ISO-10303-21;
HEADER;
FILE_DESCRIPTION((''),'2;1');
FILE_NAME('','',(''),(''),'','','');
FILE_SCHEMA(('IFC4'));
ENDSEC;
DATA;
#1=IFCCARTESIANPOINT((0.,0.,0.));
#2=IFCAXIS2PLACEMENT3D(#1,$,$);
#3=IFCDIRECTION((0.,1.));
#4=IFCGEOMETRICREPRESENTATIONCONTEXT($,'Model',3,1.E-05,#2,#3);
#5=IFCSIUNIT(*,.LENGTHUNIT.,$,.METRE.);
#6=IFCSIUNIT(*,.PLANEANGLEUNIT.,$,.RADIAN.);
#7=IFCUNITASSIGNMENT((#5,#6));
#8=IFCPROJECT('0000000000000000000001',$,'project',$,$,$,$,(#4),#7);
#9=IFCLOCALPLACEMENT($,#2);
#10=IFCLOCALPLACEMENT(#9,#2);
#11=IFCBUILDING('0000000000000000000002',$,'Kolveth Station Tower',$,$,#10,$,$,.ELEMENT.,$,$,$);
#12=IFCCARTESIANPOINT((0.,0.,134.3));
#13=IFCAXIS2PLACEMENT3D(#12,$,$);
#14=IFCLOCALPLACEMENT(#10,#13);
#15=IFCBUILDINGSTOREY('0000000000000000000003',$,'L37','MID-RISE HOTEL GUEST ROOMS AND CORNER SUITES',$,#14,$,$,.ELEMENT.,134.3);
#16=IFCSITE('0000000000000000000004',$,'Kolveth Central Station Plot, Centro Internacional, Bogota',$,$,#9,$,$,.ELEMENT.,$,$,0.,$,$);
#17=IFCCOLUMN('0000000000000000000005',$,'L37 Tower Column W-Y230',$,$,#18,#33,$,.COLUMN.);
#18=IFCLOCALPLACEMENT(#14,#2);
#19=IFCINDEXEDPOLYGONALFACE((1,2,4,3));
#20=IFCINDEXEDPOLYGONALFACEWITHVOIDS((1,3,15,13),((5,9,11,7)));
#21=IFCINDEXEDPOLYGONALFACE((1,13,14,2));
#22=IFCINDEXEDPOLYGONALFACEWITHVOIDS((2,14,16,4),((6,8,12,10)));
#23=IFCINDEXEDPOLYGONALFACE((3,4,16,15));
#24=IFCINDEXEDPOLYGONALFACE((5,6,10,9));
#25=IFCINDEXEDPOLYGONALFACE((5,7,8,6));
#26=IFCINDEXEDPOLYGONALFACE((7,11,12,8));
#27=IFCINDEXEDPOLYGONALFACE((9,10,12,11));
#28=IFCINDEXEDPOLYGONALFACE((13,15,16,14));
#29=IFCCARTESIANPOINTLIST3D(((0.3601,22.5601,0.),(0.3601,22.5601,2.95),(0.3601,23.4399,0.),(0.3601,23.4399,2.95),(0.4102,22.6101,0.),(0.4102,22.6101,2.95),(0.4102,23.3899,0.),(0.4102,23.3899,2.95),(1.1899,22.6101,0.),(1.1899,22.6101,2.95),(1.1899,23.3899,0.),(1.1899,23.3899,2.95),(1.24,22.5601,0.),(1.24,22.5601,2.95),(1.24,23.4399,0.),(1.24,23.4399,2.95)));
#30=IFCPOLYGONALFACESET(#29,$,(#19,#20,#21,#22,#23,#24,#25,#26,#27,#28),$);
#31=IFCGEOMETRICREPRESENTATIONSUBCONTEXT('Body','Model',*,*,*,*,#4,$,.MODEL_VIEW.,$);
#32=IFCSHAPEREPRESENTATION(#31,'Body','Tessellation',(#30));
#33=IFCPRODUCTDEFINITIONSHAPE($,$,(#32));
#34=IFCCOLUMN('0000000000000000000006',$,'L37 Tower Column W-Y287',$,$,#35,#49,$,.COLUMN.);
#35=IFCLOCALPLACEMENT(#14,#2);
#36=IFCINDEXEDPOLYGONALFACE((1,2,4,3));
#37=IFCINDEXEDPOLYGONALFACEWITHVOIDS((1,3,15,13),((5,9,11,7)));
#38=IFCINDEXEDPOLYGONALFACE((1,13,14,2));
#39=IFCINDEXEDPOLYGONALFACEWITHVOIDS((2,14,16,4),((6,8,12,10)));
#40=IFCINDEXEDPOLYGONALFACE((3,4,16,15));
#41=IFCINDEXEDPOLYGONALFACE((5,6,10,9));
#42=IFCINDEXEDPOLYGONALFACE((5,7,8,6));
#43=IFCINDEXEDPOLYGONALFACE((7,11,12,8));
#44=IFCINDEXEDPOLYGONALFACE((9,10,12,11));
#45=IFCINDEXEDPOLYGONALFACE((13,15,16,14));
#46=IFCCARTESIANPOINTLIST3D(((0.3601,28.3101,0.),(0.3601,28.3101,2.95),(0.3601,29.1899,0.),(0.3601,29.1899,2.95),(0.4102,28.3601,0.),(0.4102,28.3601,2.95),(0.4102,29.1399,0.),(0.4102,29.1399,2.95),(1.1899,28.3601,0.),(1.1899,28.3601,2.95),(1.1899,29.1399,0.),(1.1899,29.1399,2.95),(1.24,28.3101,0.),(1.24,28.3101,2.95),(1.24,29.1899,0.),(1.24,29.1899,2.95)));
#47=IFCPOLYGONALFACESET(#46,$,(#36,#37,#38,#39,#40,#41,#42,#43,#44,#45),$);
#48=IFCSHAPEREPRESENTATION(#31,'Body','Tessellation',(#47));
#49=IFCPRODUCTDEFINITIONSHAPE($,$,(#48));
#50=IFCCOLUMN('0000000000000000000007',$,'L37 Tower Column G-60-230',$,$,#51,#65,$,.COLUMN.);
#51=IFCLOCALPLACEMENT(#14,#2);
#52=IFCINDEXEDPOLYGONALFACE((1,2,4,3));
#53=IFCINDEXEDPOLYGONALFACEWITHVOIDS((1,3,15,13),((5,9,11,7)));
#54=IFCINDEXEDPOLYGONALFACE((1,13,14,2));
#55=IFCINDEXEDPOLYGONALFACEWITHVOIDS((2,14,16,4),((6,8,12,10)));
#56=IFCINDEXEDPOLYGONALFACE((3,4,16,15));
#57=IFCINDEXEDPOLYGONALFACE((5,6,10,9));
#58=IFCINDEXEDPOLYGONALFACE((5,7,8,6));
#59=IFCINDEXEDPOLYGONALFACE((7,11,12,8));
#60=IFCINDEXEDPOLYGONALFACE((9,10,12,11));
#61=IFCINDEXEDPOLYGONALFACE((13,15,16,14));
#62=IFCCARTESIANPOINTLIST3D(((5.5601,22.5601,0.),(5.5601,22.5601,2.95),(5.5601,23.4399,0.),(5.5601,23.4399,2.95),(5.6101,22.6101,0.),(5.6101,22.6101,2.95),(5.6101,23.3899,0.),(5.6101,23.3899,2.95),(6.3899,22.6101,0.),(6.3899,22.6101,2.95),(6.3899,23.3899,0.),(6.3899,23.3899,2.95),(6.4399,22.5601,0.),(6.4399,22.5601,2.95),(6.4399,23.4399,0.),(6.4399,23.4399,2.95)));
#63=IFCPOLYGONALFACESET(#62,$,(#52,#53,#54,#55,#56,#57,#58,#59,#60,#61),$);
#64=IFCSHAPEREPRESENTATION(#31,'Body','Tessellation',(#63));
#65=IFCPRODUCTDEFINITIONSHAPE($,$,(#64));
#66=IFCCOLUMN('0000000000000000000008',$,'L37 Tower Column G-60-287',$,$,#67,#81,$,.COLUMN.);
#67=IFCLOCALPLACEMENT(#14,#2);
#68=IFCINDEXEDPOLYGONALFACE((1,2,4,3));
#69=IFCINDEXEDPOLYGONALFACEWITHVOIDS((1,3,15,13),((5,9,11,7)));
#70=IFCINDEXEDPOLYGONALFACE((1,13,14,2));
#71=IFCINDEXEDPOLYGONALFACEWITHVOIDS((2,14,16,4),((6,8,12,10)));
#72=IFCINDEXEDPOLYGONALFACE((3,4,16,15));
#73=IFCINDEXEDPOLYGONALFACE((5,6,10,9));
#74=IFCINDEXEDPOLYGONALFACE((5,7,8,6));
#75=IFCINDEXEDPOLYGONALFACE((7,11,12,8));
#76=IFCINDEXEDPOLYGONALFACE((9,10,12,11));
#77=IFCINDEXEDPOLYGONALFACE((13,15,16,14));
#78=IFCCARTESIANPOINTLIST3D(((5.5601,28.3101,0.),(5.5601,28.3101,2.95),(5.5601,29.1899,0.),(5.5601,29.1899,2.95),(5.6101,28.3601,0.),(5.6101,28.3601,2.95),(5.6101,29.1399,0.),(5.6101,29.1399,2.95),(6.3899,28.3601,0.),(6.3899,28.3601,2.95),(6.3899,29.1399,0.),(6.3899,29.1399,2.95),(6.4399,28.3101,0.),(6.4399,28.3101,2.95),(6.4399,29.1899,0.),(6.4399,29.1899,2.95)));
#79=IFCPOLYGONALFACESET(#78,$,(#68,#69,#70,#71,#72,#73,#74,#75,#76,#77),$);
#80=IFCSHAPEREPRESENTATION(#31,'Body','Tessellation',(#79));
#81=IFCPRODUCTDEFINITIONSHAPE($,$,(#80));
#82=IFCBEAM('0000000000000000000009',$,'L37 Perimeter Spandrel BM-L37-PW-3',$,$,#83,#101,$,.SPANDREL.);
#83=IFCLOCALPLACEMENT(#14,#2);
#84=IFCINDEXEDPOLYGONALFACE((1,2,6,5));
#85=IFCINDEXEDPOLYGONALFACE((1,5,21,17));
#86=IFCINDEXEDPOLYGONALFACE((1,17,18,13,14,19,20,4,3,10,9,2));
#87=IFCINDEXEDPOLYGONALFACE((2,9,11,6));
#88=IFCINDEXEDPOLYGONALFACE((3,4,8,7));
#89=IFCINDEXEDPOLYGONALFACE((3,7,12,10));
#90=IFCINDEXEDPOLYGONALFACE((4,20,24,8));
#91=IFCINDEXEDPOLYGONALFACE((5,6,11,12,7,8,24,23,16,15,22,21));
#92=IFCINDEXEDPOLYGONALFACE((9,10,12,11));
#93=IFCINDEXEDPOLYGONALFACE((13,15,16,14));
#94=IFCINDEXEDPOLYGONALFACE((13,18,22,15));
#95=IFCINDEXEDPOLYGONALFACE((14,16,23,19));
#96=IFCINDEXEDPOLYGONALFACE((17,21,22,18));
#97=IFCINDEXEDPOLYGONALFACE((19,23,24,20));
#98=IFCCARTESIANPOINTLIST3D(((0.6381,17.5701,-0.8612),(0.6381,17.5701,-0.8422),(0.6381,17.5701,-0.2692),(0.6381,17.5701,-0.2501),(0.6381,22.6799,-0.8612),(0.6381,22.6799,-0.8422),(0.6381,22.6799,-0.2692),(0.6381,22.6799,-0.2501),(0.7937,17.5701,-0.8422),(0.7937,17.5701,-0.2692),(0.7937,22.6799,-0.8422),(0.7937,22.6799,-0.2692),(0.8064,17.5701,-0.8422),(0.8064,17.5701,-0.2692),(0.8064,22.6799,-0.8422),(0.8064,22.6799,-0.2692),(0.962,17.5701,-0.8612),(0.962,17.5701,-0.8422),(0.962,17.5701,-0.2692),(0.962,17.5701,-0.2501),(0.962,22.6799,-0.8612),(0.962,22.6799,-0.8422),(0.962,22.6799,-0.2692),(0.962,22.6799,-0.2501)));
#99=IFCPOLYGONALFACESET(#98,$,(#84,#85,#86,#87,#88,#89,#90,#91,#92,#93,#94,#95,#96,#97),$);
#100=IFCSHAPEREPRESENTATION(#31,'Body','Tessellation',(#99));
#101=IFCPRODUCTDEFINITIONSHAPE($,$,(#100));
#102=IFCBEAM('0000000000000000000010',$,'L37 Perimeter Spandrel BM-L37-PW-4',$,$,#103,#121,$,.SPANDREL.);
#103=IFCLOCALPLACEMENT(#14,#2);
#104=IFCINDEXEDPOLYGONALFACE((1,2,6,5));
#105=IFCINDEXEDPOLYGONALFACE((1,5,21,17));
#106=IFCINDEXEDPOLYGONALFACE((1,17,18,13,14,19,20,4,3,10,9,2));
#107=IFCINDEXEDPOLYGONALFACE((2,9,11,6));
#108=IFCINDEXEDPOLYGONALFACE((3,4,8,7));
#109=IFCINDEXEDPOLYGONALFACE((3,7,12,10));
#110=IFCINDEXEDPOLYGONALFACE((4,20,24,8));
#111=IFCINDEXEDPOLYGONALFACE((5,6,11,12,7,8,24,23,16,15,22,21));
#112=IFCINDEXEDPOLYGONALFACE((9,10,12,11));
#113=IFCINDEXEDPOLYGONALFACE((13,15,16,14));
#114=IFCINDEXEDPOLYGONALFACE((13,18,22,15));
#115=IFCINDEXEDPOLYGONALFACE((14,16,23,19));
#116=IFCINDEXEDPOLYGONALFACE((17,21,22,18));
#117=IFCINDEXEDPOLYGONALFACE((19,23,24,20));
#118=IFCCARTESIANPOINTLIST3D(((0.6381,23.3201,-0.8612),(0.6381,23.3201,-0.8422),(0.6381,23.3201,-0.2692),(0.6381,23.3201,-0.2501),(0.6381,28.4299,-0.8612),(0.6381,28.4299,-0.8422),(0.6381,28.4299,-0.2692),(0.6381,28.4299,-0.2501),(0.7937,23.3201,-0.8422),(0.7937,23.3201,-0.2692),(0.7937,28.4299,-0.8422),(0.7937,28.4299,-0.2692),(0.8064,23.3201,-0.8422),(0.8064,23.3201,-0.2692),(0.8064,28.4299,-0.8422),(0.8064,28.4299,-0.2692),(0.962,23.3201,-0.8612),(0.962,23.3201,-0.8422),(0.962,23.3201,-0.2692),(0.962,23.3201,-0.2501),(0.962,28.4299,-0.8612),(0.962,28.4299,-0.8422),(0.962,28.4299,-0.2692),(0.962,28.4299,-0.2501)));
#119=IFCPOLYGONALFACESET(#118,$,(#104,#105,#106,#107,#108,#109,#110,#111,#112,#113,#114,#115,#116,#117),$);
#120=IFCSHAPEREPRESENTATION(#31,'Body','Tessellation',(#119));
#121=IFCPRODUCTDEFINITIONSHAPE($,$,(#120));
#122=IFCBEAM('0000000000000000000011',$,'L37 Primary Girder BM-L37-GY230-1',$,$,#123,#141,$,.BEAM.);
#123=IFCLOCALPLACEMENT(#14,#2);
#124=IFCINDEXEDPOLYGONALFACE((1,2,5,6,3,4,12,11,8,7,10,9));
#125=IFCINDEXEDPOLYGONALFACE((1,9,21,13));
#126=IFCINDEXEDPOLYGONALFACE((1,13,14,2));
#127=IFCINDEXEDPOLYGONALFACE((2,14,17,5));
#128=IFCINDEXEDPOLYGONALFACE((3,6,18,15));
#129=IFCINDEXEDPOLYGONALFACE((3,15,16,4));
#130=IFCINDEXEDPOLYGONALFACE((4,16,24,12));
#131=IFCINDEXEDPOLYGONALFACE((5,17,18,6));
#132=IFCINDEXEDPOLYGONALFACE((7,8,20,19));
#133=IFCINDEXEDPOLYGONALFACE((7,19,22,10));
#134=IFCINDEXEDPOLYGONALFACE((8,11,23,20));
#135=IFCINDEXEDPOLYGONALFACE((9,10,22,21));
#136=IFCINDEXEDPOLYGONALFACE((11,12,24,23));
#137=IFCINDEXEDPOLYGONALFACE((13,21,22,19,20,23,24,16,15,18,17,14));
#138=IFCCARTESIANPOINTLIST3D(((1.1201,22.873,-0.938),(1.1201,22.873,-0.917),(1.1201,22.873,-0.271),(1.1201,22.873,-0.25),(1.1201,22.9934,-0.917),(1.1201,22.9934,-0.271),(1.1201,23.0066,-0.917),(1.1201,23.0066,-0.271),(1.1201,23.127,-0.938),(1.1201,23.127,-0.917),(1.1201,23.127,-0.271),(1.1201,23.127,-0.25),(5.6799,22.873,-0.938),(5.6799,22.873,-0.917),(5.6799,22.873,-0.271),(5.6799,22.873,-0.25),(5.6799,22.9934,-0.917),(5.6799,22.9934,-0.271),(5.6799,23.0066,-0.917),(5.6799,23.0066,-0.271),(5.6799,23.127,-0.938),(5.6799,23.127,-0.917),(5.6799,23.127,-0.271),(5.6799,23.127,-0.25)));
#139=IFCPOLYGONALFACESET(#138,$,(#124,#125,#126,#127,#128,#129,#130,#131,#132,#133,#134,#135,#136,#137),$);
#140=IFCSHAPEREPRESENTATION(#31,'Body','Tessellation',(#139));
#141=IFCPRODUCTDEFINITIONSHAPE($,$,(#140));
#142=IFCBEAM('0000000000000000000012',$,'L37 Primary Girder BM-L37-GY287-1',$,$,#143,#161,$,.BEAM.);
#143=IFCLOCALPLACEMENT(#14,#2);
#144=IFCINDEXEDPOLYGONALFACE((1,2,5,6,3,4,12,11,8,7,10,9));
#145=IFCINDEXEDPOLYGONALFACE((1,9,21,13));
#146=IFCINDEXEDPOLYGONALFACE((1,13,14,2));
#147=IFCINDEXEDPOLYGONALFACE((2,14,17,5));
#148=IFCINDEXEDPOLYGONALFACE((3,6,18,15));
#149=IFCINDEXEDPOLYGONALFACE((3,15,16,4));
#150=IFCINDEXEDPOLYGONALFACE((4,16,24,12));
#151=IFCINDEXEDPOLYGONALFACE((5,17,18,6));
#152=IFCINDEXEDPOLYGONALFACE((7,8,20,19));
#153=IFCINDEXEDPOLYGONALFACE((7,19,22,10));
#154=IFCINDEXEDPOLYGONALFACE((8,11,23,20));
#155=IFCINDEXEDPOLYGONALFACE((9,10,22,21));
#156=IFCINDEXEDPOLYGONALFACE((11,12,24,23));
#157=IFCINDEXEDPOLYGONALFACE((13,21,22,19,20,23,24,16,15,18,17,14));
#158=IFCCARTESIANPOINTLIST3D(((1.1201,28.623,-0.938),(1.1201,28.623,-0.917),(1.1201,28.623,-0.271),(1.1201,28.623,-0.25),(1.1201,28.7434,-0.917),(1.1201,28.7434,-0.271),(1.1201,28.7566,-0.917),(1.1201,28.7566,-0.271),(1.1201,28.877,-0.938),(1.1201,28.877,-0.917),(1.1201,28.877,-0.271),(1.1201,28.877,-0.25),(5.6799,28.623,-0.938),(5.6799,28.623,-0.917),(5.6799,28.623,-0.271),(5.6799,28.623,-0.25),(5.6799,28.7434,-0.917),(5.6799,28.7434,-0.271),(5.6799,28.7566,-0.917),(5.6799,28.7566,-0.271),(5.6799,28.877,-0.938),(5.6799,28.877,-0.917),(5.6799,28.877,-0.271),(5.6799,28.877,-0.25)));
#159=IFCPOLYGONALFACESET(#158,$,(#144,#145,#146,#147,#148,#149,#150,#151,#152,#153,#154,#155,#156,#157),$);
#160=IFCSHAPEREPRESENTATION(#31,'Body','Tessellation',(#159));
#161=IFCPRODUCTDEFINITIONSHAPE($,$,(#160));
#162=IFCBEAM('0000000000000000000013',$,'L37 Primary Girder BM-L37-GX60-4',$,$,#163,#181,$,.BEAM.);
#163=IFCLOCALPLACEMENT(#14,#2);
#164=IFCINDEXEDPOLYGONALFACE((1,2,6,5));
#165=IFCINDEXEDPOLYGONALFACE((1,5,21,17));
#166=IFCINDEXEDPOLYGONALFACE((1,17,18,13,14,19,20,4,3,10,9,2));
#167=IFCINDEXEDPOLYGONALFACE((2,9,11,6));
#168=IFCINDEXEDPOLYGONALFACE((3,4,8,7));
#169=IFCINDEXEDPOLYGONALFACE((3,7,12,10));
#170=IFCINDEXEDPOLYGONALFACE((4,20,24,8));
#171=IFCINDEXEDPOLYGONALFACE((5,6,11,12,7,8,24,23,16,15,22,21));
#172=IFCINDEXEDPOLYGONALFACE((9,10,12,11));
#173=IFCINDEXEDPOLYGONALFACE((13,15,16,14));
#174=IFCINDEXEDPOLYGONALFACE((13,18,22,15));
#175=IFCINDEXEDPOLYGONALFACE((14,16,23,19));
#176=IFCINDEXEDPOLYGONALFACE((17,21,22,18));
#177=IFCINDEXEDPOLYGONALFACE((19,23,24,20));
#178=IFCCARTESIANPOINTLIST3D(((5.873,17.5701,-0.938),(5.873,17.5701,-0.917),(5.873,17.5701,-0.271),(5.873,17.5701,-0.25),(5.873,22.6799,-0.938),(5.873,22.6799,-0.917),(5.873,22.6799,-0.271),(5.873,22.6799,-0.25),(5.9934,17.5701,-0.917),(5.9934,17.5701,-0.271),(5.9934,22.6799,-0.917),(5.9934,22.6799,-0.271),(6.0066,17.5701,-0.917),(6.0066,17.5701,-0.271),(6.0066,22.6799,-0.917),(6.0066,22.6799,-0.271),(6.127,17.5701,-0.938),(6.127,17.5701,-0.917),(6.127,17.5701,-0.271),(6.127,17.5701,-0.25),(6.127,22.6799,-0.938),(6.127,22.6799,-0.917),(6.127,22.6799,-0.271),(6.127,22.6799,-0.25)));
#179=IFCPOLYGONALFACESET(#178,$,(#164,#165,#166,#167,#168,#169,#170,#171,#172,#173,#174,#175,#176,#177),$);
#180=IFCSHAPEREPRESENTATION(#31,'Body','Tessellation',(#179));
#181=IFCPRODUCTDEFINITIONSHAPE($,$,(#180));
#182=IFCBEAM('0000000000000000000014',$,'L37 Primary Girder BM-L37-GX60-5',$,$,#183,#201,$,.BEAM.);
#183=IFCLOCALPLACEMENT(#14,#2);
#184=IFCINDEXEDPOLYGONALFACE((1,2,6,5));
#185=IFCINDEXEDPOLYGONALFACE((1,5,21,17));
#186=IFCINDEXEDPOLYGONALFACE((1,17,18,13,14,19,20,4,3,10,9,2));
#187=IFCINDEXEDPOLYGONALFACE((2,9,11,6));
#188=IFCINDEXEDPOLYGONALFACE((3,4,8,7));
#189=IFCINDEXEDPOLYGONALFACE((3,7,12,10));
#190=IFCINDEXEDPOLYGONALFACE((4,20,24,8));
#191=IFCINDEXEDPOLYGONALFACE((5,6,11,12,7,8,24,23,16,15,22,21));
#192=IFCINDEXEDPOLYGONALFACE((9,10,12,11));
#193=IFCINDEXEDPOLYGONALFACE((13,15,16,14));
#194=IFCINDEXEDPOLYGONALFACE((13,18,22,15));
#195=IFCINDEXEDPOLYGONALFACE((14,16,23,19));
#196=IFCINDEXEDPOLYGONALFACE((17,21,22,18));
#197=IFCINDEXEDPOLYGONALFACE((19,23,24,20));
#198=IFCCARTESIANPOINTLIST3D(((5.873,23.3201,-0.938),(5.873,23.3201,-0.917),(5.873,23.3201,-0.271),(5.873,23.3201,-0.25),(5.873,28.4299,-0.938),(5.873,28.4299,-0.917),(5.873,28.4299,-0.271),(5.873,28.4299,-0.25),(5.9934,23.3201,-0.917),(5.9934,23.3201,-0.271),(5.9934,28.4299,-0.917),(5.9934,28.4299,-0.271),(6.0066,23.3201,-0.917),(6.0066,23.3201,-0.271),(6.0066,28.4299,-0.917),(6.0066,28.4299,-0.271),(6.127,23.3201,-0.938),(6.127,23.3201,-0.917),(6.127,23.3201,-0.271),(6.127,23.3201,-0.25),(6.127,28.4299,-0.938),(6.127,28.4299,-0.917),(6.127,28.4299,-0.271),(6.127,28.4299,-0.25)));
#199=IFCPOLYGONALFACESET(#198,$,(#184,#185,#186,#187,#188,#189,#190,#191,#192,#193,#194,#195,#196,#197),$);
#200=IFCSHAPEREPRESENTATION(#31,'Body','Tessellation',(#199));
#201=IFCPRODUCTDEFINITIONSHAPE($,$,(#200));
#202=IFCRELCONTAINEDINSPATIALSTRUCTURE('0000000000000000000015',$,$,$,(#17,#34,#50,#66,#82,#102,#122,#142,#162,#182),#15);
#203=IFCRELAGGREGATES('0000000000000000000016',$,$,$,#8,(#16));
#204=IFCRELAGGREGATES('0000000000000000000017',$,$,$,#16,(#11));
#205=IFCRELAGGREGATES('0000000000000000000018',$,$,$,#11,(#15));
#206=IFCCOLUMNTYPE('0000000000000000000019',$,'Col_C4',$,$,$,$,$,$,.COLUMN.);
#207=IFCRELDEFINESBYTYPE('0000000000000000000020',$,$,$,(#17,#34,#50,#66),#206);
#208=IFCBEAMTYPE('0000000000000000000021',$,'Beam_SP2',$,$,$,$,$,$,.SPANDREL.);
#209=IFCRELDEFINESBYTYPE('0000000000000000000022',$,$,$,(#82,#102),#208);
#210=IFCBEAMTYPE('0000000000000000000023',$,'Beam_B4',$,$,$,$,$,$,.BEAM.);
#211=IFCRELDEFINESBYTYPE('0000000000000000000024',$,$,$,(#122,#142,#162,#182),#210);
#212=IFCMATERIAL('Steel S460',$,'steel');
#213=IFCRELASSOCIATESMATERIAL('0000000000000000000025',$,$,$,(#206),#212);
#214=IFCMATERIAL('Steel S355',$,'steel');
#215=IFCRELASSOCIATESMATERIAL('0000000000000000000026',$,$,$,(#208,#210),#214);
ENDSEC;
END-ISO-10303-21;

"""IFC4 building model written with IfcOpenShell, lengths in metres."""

from ifc_helpers import new_model, si_unit, direction, frame, origin, origin_2d, place, context, subcontext, project, spatial, hollow_rectangle, i_section, extrude, source, transform, mapped, material, material_profile, profile_set, type_object, element, save


model = new_model("IFC4")

# Units and contexts
model_context = context("Model", 3, precision=1e-05, world=origin(), true_north=direction((0.0, 1.0)))
body_context = subcontext(model_context, "Body", "Model", "MODEL_VIEW")
ifc_project = project(units=[si_unit("LENGTHUNIT", "METRE"), si_unit("PLANEANGLEUNIT", "RADIAN")], contexts=[model_context])

# Site, building, storey
site_placement = place(None, origin())
site = spatial("IfcSite", under=ifc_project, at=site_placement, Name="Kolveth Central Station Plot, Centro Internacional, Bogota", CompositionType="ELEMENT", RefElevation=0.0)
building_placement = place(site_placement, origin())
building = spatial("IfcBuilding", under=site, at=building_placement, Name="Kolveth Station Tower", CompositionType="ELEMENT")
storey_placement = place(building_placement, frame((0.0, 0.0, 134.3)))
storey = spatial("IfcBuildingStorey", under=building, at=storey_placement, Name="L37", Description="MID-RISE HOTEL GUEST ROOMS AND CORNER SUITES", CompositionType="ELEMENT", Elevation=134.3)

# Columns
ifc_material_1 = material(Name="Steel S460", Category="steel")
ifc_material_profile_1 = material_profile(ifc_material_1, hollow_rectangle(XDim=0.8799, YDim=0.8799, WallThickness=0.05, at=origin_2d()), Name="BOX880x880x50")
ifc_profile_set_1 = profile_set([ifc_material_profile_1], Name="Steel S460")
column_type = type_object("IfcColumnType", Name="Col_C4", PredefinedType="COLUMN", material=ifc_profile_set_1)
shared_shape_1 = source(origin(), body_context, "Body", "SweptSolid", [
    extrude(hollow_rectangle(XDim=0.8799, YDim=0.8799, WallThickness=0.05, at=origin_2d()), origin(), (0.0, 0.0, 1.0), 2.95),
])
for number, where, z_axis, x_axis, name in (
    (1, (0.8, 23.0, 0.0), (0.0, 0.0, 1.0), (1.0, 0.0, 0.0), "L37 Tower Column W-Y230"),
    (2, (0.8, 28.75, 0.0), (0.0, 0.0, 1.0), (1.0, 0.0, 0.0), "L37 Tower Column W-Y287"),
    (3, (6.0, 23.0, 0.0), (0.0, 0.0, 1.0), (1.0, 0.0, 0.0), "L37 Tower Column G-60-230"),
    (4, (6.0, 28.75, 0.0), (0.0, 0.0, 1.0), (1.0, 0.0, 0.0), "L37 Tower Column G-60-287"),
):
    element("IfcColumn", number, at=place(storey_placement, frame(where, z_axis=z_axis, x_axis=x_axis)), inside=storey, type_object=column_type, Name=name, PredefinedType="COLUMN", context=body_context, shape_type="MappedRepresentation", body=[
        mapped(shared_shape_1, transform((0.0, 0.0, 0.0), x_axis=(1.0, 0.0, 0.0), y_axis=(0.0, 1.0, 0.0), z_axis=(0.0, 0.0, 1.0), scale=1.0)),
    ])

# Beams
ifc_material_2 = material(Name="Steel S355", Category="steel")
ifc_material_profile_2 = material_profile(ifc_material_2, i_section(OverallWidth=0.324, OverallDepth=0.6111, WebThickness=0.0127, FlangeThickness=0.019, at=origin_2d()), Name="W610x155")
ifc_profile_set_2 = profile_set([ifc_material_profile_2], Name="Steel S355")
beam_type_1 = type_object("IfcBeamType", Name="Beam_SP2", PredefinedType="SPANDREL", material=ifc_profile_set_2)
shared_shape_2 = source(origin(), body_context, "Body", "SweptSolid", [
    extrude(i_section(OverallWidth=0.324, OverallDepth=0.6111, WebThickness=0.0127, FlangeThickness=0.019, at=origin_2d()), origin(), (0.0, 0.0, 1.0), 5.1099),
])
for number, where, z_axis, x_axis, name in (
    (5, (0.8, 17.5701, -0.5557), (0.0, 1.0, 0.0), (-1.0, 0.0, 0.0), "L37 Perimeter Spandrel BM-L37-PW-3"),
    (6, (0.8, 23.3201, -0.5557), (0.0, 1.0, 0.0), (-1.0, 0.0, 0.0), "L37 Perimeter Spandrel BM-L37-PW-4"),
):
    element("IfcBeam", number, at=place(storey_placement, frame(where, z_axis=z_axis, x_axis=x_axis)), inside=storey, type_object=beam_type_1, Name=name, PredefinedType="SPANDREL", context=body_context, shape_type="MappedRepresentation", body=[
        mapped(shared_shape_2, transform((0.0, 0.0, 0.0), x_axis=(1.0, 0.0, 0.0), y_axis=(0.0, 1.0, 0.0), z_axis=(0.0, 0.0, 1.0), scale=1.0)),
    ])
ifc_material_profile_3 = material_profile(ifc_material_2, i_section(OverallWidth=0.2539, OverallDepth=0.688, WebThickness=0.0132, FlangeThickness=0.021, at=origin_2d()), Name="W690x152")
ifc_profile_set_3 = profile_set([ifc_material_profile_3], Name="Steel S355")
beam_type_2 = type_object("IfcBeamType", Name="Beam_B4", PredefinedType="BEAM", material=ifc_profile_set_3)
shared_shape_3 = source(origin(), body_context, "Body", "SweptSolid", [
    extrude(i_section(OverallWidth=0.2539, OverallDepth=0.688, WebThickness=0.0132, FlangeThickness=0.021, at=origin_2d()), origin(), (0.0, 0.0, 1.0), 4.5598),
])
for number, where, z_axis, x_axis, name in (
    (7, (1.1201, 23.0, -0.594), (1.0, 0.0, 0.0), (0.0, 1.0, 0.0), "L37 Primary Girder BM-L37-GY230-1"),
    (8, (1.1201, 28.75, -0.594), (1.0, 0.0, 0.0), (0.0, 1.0, 0.0), "L37 Primary Girder BM-L37-GY287-1"),
):
    element("IfcBeam", number, at=place(storey_placement, frame(where, z_axis=z_axis, x_axis=x_axis)), inside=storey, type_object=beam_type_2, Name=name, PredefinedType="BEAM", context=body_context, shape_type="MappedRepresentation", body=[
        mapped(shared_shape_3, transform((0.0, 0.0, 0.0), x_axis=(1.0, 0.0, 0.0), y_axis=(0.0, 1.0, 0.0), z_axis=(0.0, 0.0, 1.0), scale=1.0)),
    ])
shared_shape_4 = source(origin(), body_context, "Body", "SweptSolid", [
    extrude(i_section(OverallWidth=0.2539, OverallDepth=0.688, WebThickness=0.0132, FlangeThickness=0.021, at=origin_2d()), origin(), (0.0, 0.0, 1.0), 5.1099),
])
for number, where, z_axis, x_axis, name in (
    (9, (6.0, 17.5701, -0.594), (0.0, 1.0, 0.0), (-1.0, 0.0, 0.0), "L37 Primary Girder BM-L37-GX60-4"),
    (10, (6.0, 23.3201, -0.594), (0.0, 1.0, 0.0), (-1.0, 0.0, 0.0), "L37 Primary Girder BM-L37-GX60-5"),
):
    element("IfcBeam", number, at=place(storey_placement, frame(where, z_axis=z_axis, x_axis=x_axis)), inside=storey, type_object=beam_type_2, Name=name, PredefinedType="BEAM", context=body_context, shape_type="MappedRepresentation", body=[
        mapped(shared_shape_4, transform((0.0, 0.0, 0.0), x_axis=(1.0, 0.0, 0.0), y_axis=(0.0, 1.0, 0.0), z_axis=(0.0, 0.0, 1.0), scale=1.0)),
    ])

save(model, "model.ifc")
